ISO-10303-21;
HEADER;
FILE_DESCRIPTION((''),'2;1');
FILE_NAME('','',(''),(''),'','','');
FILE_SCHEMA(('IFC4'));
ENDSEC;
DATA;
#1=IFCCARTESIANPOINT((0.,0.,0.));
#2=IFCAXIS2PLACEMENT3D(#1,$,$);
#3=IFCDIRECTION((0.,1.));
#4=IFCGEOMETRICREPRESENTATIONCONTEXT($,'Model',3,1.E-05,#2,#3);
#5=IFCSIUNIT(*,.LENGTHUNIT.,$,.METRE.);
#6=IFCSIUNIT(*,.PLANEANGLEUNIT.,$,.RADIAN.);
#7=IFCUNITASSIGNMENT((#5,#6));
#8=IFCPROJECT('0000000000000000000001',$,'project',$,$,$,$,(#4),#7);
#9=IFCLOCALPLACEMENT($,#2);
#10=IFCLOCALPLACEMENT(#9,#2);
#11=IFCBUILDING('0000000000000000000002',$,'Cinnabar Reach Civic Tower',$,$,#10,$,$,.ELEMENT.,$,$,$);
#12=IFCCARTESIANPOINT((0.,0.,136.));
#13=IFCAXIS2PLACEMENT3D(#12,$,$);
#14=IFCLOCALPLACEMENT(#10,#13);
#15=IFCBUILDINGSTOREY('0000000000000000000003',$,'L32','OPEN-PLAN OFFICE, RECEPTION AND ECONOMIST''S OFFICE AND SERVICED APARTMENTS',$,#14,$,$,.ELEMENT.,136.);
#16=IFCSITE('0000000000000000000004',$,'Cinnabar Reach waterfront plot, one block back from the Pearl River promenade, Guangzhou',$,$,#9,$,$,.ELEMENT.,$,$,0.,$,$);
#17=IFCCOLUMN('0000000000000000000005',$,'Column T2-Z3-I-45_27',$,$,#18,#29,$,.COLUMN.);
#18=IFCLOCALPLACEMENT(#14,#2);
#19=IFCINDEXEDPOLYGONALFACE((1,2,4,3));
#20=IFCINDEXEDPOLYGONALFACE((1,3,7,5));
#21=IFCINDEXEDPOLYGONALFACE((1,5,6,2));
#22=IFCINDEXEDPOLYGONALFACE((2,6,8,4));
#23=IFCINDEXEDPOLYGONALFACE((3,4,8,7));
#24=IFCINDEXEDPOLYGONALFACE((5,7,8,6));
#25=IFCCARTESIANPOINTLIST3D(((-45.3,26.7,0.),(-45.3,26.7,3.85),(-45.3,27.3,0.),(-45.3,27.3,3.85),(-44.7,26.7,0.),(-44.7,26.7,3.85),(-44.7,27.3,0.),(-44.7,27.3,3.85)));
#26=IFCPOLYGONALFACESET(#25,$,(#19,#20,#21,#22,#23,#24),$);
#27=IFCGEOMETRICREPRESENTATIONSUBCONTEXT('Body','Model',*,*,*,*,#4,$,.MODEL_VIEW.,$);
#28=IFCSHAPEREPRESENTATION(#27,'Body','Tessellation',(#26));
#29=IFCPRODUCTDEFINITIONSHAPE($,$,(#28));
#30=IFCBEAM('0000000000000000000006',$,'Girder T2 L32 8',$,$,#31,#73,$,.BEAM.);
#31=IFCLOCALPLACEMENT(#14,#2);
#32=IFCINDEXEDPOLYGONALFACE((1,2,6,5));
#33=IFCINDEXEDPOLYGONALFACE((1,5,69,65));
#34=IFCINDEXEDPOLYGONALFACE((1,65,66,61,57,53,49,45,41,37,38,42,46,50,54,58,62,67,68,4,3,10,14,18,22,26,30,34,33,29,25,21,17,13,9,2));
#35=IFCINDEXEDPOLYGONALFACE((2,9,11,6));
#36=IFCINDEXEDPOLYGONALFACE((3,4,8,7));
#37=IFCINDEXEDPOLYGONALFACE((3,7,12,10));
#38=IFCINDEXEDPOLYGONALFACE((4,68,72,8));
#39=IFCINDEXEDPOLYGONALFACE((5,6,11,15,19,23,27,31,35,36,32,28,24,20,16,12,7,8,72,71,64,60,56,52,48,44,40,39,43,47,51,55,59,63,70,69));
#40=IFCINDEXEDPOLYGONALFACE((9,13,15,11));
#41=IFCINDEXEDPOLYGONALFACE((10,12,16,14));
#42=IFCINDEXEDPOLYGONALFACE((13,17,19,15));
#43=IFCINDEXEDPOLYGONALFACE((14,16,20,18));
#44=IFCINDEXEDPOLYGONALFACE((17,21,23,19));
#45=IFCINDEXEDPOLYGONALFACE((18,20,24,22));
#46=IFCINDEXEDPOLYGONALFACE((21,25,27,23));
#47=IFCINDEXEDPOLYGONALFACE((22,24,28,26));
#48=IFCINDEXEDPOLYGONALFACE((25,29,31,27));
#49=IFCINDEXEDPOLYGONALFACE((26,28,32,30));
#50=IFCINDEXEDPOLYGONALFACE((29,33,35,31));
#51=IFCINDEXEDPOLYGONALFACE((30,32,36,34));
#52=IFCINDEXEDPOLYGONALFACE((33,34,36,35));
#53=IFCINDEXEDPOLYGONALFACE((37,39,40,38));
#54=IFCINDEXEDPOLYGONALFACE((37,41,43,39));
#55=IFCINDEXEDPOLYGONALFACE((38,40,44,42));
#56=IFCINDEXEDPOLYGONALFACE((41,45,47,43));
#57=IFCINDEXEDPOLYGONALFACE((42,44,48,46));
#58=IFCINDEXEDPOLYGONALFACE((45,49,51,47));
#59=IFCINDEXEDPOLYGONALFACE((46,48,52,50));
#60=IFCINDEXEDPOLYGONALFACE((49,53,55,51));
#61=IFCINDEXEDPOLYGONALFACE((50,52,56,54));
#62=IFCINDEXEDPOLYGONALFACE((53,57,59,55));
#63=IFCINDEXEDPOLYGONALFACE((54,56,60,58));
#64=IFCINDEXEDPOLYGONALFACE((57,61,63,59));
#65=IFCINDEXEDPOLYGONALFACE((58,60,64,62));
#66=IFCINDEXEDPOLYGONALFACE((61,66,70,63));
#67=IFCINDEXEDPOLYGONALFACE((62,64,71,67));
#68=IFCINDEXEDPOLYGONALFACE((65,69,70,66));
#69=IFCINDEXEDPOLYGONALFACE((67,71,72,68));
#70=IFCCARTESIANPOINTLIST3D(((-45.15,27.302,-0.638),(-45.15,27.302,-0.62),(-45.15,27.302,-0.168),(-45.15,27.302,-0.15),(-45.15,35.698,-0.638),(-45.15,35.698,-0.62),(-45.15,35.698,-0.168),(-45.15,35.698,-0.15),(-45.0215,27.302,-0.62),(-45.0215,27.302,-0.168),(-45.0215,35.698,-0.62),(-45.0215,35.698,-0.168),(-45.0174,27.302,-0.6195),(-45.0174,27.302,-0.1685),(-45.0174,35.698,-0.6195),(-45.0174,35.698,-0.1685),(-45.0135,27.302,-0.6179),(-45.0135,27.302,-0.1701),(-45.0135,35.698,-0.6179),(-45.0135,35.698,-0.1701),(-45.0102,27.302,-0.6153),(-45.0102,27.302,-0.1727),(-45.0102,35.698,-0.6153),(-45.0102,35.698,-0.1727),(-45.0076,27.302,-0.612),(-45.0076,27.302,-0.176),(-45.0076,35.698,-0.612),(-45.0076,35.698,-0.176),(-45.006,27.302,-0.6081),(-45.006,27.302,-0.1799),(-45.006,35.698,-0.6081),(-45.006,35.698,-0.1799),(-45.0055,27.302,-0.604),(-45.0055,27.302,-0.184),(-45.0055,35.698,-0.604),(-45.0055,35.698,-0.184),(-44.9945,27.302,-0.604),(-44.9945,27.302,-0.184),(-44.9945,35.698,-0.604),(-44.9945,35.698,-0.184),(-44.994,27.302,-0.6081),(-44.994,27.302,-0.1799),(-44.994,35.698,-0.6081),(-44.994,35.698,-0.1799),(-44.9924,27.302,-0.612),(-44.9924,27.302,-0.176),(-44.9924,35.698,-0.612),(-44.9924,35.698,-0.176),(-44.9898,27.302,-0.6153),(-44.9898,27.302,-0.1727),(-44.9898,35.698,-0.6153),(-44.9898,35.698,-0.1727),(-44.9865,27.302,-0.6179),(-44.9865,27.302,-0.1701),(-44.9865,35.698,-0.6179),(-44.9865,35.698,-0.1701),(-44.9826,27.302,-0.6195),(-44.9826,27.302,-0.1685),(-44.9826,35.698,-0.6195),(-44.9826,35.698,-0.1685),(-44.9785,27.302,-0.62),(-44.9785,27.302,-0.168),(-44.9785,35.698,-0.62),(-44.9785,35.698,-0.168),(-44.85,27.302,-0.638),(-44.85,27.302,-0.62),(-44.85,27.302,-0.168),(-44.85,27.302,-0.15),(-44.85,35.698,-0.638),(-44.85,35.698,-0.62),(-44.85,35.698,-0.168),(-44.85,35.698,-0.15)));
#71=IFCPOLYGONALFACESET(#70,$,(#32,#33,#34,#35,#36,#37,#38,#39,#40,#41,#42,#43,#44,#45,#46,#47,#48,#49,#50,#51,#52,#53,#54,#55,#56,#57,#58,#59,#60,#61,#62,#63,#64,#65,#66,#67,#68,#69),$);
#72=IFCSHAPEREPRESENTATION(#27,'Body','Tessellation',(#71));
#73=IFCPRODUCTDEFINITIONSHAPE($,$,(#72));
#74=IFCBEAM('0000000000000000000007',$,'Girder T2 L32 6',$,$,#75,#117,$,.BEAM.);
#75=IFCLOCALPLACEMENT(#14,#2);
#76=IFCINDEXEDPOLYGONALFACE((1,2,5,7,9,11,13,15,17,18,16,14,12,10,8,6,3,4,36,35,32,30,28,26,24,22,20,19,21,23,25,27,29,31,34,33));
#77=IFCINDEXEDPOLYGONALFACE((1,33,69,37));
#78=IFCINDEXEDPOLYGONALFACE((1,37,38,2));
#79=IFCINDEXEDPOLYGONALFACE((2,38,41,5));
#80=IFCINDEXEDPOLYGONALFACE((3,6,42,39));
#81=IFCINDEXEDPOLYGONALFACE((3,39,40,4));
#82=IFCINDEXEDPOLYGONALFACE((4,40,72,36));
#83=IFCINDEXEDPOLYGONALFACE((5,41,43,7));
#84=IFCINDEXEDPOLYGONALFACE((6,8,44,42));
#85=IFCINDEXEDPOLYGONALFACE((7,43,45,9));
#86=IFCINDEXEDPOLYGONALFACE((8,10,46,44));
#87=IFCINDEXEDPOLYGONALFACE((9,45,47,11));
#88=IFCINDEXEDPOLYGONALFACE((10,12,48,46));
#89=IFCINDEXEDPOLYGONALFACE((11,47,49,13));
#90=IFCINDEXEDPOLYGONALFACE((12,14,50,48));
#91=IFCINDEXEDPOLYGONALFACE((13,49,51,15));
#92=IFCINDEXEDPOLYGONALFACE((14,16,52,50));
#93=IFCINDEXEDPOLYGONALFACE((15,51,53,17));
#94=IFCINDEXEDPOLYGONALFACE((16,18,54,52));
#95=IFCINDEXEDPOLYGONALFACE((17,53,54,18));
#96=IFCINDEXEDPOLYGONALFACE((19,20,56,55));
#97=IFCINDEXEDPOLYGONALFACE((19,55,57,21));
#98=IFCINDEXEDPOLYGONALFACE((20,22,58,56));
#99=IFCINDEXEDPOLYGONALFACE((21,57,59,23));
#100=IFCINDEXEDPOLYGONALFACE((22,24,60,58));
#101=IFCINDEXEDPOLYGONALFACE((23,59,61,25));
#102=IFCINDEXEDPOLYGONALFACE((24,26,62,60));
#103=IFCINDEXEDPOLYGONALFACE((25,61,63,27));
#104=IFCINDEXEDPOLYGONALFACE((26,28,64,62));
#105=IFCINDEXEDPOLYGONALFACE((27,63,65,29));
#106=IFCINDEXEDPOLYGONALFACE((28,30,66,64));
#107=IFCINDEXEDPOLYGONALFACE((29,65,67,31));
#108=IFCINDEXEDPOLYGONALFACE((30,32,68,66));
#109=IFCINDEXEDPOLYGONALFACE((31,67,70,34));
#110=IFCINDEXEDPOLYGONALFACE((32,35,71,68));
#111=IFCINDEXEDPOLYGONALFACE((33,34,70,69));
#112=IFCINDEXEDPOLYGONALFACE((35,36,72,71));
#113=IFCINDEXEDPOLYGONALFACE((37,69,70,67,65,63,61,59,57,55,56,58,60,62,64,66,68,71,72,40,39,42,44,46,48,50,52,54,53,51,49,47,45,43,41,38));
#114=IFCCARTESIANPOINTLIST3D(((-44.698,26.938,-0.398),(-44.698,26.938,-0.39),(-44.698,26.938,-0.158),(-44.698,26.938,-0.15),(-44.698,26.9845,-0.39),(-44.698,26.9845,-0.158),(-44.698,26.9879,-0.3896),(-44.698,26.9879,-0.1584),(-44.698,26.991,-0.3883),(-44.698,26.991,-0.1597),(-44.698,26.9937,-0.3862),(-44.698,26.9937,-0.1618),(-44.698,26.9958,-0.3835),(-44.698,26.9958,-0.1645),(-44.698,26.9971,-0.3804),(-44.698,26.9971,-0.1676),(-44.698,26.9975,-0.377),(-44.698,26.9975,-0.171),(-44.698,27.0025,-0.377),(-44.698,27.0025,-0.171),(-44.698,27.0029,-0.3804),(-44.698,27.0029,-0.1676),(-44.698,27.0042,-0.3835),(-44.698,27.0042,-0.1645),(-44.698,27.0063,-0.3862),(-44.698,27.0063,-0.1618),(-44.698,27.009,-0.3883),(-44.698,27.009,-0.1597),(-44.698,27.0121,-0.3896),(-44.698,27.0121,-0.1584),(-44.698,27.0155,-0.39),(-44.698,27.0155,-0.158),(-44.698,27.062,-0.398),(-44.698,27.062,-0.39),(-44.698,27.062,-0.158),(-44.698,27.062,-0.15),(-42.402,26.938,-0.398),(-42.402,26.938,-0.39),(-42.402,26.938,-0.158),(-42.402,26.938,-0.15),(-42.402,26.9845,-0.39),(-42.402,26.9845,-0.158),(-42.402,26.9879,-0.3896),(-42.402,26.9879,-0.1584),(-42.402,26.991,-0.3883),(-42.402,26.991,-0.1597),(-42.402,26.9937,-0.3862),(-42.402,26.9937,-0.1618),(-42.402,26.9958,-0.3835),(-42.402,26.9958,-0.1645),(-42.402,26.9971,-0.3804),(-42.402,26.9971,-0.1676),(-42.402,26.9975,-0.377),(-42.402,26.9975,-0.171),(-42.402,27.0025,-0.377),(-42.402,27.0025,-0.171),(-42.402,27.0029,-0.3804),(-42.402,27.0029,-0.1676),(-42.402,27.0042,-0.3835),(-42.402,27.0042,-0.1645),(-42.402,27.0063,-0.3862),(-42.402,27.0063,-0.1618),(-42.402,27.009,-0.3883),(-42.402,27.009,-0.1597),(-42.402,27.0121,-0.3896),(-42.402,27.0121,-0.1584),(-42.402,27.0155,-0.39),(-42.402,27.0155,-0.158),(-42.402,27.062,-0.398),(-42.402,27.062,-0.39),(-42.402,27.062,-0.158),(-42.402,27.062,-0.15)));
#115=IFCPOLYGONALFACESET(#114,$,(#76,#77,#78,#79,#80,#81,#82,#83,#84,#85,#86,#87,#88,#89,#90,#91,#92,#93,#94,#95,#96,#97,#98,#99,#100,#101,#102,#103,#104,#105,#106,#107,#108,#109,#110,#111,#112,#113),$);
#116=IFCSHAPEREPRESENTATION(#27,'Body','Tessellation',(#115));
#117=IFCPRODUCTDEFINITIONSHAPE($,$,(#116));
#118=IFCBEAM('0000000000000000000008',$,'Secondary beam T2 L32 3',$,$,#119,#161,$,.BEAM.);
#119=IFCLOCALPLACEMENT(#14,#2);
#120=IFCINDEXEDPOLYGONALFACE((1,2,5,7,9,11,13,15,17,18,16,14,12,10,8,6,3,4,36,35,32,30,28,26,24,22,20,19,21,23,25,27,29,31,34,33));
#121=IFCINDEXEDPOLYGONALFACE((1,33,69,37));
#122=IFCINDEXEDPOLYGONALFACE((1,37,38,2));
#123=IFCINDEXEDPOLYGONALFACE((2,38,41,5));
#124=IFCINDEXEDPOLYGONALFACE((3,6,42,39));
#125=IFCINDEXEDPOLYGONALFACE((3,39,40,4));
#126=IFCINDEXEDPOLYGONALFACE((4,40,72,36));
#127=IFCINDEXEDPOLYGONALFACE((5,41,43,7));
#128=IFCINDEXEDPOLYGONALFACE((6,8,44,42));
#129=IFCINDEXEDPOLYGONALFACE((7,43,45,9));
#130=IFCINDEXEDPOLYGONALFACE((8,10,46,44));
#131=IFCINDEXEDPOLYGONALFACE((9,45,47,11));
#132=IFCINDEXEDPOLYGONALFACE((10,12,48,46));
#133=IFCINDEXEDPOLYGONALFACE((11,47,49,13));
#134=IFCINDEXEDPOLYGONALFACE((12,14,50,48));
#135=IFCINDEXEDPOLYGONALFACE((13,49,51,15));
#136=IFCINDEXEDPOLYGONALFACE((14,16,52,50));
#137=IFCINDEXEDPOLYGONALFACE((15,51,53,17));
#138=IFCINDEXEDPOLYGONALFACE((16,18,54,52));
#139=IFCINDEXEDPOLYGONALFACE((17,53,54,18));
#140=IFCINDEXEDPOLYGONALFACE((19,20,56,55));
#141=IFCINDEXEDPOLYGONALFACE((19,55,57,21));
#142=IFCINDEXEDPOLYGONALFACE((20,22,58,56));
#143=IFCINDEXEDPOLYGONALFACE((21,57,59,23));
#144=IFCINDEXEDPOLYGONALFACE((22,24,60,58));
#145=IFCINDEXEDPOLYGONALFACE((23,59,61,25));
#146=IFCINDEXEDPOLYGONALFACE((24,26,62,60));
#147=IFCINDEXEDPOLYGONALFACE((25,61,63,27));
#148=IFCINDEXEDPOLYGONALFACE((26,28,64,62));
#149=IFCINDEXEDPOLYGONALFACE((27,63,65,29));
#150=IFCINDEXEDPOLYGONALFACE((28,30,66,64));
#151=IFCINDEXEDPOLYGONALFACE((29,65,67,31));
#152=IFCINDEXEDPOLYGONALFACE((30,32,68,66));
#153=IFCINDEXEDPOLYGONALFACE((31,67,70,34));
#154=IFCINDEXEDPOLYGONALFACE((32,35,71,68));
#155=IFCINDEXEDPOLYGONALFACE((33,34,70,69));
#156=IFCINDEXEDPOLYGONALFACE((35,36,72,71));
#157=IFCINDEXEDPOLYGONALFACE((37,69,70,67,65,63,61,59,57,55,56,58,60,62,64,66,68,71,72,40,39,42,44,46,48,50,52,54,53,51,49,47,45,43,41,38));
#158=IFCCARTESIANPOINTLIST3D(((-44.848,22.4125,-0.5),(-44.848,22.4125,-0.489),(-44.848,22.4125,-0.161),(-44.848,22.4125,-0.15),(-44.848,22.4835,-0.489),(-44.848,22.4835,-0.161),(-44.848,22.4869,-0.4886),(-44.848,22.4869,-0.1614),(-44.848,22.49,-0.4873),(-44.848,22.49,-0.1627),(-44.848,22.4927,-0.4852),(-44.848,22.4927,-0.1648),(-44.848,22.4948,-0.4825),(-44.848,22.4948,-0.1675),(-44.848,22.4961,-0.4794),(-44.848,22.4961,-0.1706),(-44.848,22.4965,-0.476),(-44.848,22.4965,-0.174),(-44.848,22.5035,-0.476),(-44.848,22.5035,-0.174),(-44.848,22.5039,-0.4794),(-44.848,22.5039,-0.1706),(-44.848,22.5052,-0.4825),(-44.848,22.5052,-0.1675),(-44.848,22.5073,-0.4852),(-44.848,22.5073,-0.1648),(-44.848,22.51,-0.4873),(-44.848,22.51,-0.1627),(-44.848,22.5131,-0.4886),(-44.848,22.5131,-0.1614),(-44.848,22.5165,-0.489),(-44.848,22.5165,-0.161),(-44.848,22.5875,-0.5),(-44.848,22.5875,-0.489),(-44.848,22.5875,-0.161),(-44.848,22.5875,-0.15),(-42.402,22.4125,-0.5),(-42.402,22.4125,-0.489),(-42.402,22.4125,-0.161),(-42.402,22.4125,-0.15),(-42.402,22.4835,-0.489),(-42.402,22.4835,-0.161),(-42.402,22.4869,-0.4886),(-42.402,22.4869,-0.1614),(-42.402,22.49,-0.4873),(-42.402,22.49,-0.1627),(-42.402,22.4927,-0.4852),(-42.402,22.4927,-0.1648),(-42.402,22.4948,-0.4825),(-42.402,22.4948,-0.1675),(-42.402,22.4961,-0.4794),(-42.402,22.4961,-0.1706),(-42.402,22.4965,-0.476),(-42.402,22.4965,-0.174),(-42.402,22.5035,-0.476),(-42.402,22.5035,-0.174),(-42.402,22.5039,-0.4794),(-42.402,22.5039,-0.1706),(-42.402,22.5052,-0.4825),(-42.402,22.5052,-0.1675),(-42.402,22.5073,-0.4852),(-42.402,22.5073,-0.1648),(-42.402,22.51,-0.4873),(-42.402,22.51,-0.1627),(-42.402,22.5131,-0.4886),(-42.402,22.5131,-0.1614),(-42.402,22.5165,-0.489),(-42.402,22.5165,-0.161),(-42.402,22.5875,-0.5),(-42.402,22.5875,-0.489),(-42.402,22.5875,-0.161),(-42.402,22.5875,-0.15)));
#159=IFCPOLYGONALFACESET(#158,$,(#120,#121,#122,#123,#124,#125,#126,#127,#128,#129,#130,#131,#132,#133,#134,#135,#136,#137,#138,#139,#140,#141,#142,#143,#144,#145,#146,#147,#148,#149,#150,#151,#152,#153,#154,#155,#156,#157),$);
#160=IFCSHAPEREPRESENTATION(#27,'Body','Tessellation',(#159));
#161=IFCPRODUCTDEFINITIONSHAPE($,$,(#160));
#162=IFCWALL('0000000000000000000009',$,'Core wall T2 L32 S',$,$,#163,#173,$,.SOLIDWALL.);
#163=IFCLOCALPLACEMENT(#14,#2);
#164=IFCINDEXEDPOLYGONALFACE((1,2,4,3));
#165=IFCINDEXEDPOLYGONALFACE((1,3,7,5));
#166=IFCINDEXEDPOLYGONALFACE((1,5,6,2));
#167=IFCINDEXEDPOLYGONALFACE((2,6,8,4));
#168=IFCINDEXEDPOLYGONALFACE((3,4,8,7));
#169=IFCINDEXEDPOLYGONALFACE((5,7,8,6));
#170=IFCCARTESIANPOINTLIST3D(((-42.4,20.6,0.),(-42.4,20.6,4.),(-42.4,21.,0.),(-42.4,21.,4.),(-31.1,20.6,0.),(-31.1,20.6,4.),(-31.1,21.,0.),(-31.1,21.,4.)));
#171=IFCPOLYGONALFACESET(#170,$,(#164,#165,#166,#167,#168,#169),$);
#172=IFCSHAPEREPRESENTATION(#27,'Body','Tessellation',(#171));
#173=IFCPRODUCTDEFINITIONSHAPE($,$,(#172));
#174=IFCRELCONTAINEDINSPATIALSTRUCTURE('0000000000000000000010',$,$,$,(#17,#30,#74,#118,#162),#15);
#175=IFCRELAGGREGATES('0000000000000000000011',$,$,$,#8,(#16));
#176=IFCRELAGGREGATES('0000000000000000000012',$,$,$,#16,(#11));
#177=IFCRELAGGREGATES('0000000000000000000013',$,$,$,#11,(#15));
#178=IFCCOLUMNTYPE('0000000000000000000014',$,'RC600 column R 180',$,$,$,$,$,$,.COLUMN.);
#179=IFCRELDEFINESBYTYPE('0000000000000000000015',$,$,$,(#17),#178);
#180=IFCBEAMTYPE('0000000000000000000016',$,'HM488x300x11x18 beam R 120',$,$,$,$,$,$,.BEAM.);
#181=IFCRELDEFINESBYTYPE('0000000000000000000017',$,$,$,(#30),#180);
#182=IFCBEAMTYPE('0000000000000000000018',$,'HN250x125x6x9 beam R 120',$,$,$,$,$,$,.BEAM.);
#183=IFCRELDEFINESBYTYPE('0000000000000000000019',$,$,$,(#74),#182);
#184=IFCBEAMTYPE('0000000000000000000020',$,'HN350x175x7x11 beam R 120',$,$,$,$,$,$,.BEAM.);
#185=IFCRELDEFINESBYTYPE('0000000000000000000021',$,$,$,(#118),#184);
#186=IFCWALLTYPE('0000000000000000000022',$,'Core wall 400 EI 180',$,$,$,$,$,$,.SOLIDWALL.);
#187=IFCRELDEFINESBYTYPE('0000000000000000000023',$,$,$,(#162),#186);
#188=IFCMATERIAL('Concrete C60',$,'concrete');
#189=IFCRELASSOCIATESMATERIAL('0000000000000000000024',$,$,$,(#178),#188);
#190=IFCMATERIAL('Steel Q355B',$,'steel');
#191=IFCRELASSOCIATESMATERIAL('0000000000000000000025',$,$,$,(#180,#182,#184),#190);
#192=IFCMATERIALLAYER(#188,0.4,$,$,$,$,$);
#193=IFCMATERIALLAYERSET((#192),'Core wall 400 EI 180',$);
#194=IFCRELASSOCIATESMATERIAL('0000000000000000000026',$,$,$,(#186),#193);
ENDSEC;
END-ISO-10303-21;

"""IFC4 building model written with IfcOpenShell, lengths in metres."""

from ifc_helpers import new_model, si_unit, direction, frame, frame_2d, origin, origin_2d, place, context, subcontext, project, spatial, rectangle, i_section, extrude, material, layer, layer_set, material_profile, profile_set, type_object, element, save


model = new_model("IFC4")

# Units and contexts
model_context = context("Model", 3, precision=1e-05, world=origin(), true_north=direction((0.0, 1.0)))
body_context = subcontext(model_context, "Body", "Model", "MODEL_VIEW")
ifc_project = project(units=[si_unit("LENGTHUNIT", "METRE"), si_unit("PLANEANGLEUNIT", "RADIAN")], contexts=[model_context])

# Site, building, storey
site_placement = place(None, origin())
site = spatial("IfcSite", under=ifc_project, at=site_placement, Name="Cinnabar Reach waterfront plot, one block back from the Pearl River promenade, Guangzhou", CompositionType="ELEMENT", RefElevation=0.0)
building_placement = place(site_placement, origin())
building = spatial("IfcBuilding", under=site, at=building_placement, Name="Cinnabar Reach Civic Tower", CompositionType="ELEMENT")
storey_placement = place(building_placement, frame((0.0, 0.0, 136.0)))
storey = spatial("IfcBuildingStorey", under=building, at=storey_placement, Name="L32", Description="OPEN-PLAN OFFICE, RECEPTION AND ECONOMIST'S OFFICE AND SERVICED APARTMENTS", CompositionType="ELEMENT", Elevation=136.0)

# Column
ifc_material_1 = material(Name="Concrete C60", Category="concrete")
ifc_material_profile_1 = material_profile(ifc_material_1, rectangle(XDim=0.6, YDim=0.6, at=origin_2d()), Name="RC600")
ifc_profile_set_1 = profile_set([ifc_material_profile_1], Name="Concrete C60")
column_type = type_object("IfcColumnType", Name="RC600 column R 180", PredefinedType="COLUMN", material=ifc_profile_set_1)
column_placement = place(storey_placement, frame((-45.0, 27.0, 0.0), z_axis=(0.0, 0.0, 1.0), x_axis=(1.0, 0.0, 0.0)))
element("IfcColumn", 1, at=column_placement, inside=storey, type_object=column_type, Name="Column T2-Z3-I-45_27", PredefinedType="COLUMN", context=body_context, shape_type="SweptSolid", body=[
    extrude(rectangle(XDim=0.6, YDim=0.6, at=origin_2d()), origin(), (0.0, 0.0, 1.0), 3.85),
])

# Beams
ifc_material_2 = material(Name="Steel Q355B", Category="steel")
ifc_material_profile_2 = material_profile(ifc_material_2, i_section(OverallWidth=0.3, OverallDepth=0.488, WebThickness=0.011, FlangeThickness=0.018, FilletRadius=0.016, at=origin_2d()), Name="HM488x300x11x18")
ifc_profile_set_2 = profile_set([ifc_material_profile_2], Name="Steel Q355B")
beam_type_1 = type_object("IfcBeamType", Name="HM488x300x11x18 beam R 120", PredefinedType="BEAM", material=ifc_profile_set_2)
beam_1_placement = place(storey_placement, frame((-45.0, 27.302, -0.394), z_axis=(0.0, 1.0, 0.0), x_axis=(-1.0, 0.0, 0.0)))
element("IfcBeam", 2, at=beam_1_placement, inside=storey, type_object=beam_type_1, Name="Girder T2 L32 8", PredefinedType="BEAM", context=body_context, shape_type="SweptSolid", body=[
    extrude(i_section(OverallWidth=0.3, OverallDepth=0.488, WebThickness=0.011, FlangeThickness=0.018, FilletRadius=0.016, at=origin_2d()), origin(), (0.0, 0.0, 1.0), 8.396),
])
ifc_material_profile_3 = material_profile(ifc_material_2, i_section(OverallWidth=0.124, OverallDepth=0.248, WebThickness=0.005, FlangeThickness=0.008, FilletRadius=0.013, at=origin_2d()), Name="HN250x125x6x9")
ifc_profile_set_3 = profile_set([ifc_material_profile_3], Name="Steel Q355B")
beam_type_2 = type_object("IfcBeamType", Name="HN250x125x6x9 beam R 120", PredefinedType="BEAM", material=ifc_profile_set_3)
beam_2_placement = place(storey_placement, frame((-44.698, 27.0, -0.274), z_axis=(1.0, 0.0, 0.0), x_axis=(0.0, 1.0, 0.0)))
element("IfcBeam", 3, at=beam_2_placement, inside=storey, type_object=beam_type_2, Name="Girder T2 L32 6", PredefinedType="BEAM", context=body_context, shape_type="SweptSolid", body=[
    extrude(i_section(OverallWidth=0.124, OverallDepth=0.248, WebThickness=0.005, FlangeThickness=0.008, FilletRadius=0.013, at=origin_2d()), origin(), (0.0, 0.0, 1.0), 2.296),
])
ifc_material_profile_4 = material_profile(ifc_material_2, i_section(OverallWidth=0.175, OverallDepth=0.35, WebThickness=0.007, FlangeThickness=0.011, FilletRadius=0.013, at=origin_2d()), Name="HN350x175x7x11")
ifc_profile_set_4 = profile_set([ifc_material_profile_4], Name="Steel Q355B")
beam_type_3 = type_object("IfcBeamType", Name="HN350x175x7x11 beam R 120", PredefinedType="BEAM", material=ifc_profile_set_4)
beam_3_placement = place(storey_placement, frame((-44.848, 22.5, -0.325), z_axis=(1.0, 0.0, 0.0), x_axis=(0.0, 1.0, 0.0)))
element("IfcBeam", 4, at=beam_3_placement, inside=storey, type_object=beam_type_3, Name="Secondary beam T2 L32 3", PredefinedType="BEAM", context=body_context, shape_type="SweptSolid", body=[
    extrude(i_section(OverallWidth=0.175, OverallDepth=0.35, WebThickness=0.007, FlangeThickness=0.011, FilletRadius=0.013, at=origin_2d()), origin(), (0.0, 0.0, 1.0), 2.446),
])

# Wall
ifc_layer_1 = layer(ifc_material_1, 0.4)
ifc_layer_set_1 = layer_set([ifc_layer_1], Name="Core wall 400 EI 180")
wall_type_1 = type_object("IfcWallType", Name="Core wall 400 EI 180", PredefinedType="SOLIDWALL", material=ifc_layer_set_1)
wall_1_placement = place(storey_placement, frame((-42.4, 20.8, 0.0), z_axis=(0.0, 0.0, 1.0), x_axis=(1.0, 0.0, 0.0)))
element("IfcWall", 5, at=wall_1_placement, inside=storey, type_object=wall_type_1, Name="Core wall T2 L32 S", PredefinedType="SOLIDWALL", context=body_context, shape_type="SweptSolid", body=[
    extrude(rectangle(XDim=11.3, YDim=0.4, at=frame_2d((5.65, 0.0))), origin(), (0.0, 0.0, 1.0), 4.0),
])

save(model, "model.ifc")
